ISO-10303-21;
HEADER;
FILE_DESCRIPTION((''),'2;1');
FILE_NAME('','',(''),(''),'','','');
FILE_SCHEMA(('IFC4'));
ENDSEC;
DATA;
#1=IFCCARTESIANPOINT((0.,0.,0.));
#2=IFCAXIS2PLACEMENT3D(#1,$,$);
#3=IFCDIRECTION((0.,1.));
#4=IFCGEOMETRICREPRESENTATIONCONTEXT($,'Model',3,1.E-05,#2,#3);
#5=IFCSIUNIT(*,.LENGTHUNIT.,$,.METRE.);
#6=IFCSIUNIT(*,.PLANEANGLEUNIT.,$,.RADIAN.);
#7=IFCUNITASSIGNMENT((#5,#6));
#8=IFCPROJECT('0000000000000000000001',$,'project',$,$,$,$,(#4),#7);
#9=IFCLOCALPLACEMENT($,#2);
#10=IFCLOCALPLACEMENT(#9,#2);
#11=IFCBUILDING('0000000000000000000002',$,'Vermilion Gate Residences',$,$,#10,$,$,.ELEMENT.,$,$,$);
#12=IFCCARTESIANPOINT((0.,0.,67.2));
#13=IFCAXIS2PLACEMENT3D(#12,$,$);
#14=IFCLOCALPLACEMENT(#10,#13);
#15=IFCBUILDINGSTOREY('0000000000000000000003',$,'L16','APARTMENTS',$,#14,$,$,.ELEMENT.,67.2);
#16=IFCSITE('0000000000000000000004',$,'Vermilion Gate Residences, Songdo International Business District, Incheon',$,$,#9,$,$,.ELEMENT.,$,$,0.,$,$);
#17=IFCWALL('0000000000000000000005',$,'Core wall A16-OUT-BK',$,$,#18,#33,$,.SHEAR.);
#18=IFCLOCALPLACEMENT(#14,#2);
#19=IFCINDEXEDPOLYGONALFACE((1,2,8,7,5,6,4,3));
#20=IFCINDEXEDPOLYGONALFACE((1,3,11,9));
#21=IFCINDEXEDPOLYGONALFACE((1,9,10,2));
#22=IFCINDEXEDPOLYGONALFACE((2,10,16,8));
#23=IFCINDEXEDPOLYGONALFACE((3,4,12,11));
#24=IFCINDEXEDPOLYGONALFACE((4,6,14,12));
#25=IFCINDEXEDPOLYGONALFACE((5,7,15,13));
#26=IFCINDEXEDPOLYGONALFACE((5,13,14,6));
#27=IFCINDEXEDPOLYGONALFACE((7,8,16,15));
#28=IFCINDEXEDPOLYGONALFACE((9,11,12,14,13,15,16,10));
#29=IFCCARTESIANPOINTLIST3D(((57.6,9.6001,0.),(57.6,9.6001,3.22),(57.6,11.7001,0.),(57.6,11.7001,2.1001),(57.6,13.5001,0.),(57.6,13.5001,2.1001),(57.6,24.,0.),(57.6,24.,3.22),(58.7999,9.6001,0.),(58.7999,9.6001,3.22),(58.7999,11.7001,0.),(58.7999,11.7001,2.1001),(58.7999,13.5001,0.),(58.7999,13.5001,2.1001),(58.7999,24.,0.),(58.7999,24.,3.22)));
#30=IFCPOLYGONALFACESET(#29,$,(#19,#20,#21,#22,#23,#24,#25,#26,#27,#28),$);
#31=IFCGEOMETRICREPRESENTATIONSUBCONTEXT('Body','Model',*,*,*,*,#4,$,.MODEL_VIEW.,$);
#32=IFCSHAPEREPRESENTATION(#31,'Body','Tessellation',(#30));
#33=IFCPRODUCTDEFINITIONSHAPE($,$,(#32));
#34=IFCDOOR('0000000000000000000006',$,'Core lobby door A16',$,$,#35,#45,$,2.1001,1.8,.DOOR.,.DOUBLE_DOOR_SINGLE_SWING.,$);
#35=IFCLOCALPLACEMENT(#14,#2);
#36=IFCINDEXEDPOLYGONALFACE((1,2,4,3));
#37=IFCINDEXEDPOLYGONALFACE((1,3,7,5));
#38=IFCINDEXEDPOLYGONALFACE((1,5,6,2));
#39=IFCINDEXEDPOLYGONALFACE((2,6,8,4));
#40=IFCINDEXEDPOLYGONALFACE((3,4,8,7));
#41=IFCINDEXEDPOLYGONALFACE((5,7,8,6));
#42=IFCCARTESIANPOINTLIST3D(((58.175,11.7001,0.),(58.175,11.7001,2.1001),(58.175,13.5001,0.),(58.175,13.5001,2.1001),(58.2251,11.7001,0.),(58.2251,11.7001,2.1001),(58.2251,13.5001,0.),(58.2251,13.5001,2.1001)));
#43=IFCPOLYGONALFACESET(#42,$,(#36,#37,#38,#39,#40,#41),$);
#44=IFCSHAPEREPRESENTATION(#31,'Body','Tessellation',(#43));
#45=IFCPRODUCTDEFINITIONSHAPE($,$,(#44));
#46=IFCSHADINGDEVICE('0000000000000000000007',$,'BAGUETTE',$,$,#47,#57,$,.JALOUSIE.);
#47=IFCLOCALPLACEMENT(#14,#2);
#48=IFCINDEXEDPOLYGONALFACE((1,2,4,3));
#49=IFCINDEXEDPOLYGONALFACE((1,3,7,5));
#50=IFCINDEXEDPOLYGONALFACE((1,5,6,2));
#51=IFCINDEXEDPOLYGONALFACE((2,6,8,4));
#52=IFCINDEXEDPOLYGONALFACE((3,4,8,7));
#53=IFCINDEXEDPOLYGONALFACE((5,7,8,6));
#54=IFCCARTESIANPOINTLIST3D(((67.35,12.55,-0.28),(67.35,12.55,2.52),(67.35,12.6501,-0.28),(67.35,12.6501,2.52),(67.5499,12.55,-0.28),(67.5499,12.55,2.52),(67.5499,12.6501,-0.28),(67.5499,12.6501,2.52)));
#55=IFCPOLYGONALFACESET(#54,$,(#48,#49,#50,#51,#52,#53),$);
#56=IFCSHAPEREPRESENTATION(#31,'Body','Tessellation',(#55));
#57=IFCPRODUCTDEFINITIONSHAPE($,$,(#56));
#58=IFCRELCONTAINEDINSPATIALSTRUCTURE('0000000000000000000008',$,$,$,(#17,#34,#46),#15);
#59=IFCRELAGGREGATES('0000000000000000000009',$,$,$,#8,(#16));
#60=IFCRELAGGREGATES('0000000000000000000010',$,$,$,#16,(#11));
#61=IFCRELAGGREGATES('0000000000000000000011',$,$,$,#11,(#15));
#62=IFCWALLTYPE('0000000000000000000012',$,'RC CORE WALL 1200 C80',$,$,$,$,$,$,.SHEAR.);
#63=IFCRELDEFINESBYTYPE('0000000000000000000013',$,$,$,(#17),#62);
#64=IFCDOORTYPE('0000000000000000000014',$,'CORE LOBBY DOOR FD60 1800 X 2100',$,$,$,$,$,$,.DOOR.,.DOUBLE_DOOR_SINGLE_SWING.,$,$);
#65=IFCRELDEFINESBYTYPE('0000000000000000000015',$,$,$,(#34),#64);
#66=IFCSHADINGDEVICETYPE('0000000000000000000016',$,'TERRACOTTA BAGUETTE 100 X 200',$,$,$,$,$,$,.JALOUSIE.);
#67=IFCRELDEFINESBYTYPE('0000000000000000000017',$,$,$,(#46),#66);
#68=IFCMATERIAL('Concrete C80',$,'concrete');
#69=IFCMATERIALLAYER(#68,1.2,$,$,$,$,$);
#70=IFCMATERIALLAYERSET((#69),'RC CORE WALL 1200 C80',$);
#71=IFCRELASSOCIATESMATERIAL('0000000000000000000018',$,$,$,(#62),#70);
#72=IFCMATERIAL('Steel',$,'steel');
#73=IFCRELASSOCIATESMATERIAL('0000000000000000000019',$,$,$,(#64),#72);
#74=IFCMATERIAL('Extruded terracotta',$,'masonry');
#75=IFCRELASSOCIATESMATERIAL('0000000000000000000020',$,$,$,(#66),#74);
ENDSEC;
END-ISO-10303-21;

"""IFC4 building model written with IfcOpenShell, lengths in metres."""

from ifc_helpers import new_model, si_unit, direction, frame, frame_2d, origin, origin_2d, place, context, subcontext, project, spatial, rectangle, extrude, material, layer, layer_set, material_profile, profile_set, type_object, element, fill, save


model = new_model("IFC4")

# Units and contexts
model_context = context("Model", 3, precision=1e-05, world=origin(), true_north=direction((0.0, 1.0)))
body_context = subcontext(model_context, "Body", "Model", "MODEL_VIEW")
ifc_project = project(units=[si_unit("LENGTHUNIT", "METRE"), si_unit("PLANEANGLEUNIT", "RADIAN")], contexts=[model_context])

# Site, building, storey
site_placement = place(None, origin())
site = spatial("IfcSite", under=ifc_project, at=site_placement, Name="Vermilion Gate Residences, Songdo International Business District, Incheon", CompositionType="ELEMENT", RefElevation=0.0)
building_placement = place(site_placement, origin())
building = spatial("IfcBuilding", under=site, at=building_placement, Name="Vermilion Gate Residences", CompositionType="ELEMENT")
storey_placement = place(building_placement, frame((0.0, 0.0, 67.2)))
storey = spatial("IfcBuildingStorey", under=building, at=storey_placement, Name="L16", Description="APARTMENTS", CompositionType="ELEMENT", Elevation=67.2)

# Wall, opening, door
ifc_material_1 = material(Name="Concrete C80", Category="concrete")
ifc_layer_1 = layer(ifc_material_1, 1.2)
ifc_layer_set_1 = layer_set([ifc_layer_1], Name="RC CORE WALL 1200 C80")
wall_type_1 = type_object("IfcWallType", Name="RC CORE WALL 1200 C80", PredefinedType="SHEAR", material=ifc_layer_set_1)
wall_1_placement = place(storey_placement, frame((58.2, 9.6001, 0.0), z_axis=(0.0, 0.0, 1.0), x_axis=(0.0, 1.0, 0.0)))
wall_1 = element("IfcWall", 1, at=wall_1_placement, inside=storey, type_object=wall_type_1, Name="Core wall A16-OUT-BK", PredefinedType="SHEAR", context=body_context, shape_type="SweptSolid", body=[
    extrude(rectangle(XDim=14.3999, YDim=1.2, at=frame_2d((7.2, 0.0))), origin(), (0.0, 0.0, 1.0), 3.22),
])
opening_1_placement = place(wall_1_placement, frame((2.1001, 0.0, 0.0)))
opening_1 = element("IfcOpeningElement", 2, at=opening_1_placement, cuts=wall_1, PredefinedType="OPENING", context=body_context, shape_type="SweptSolid", body=[
    extrude(rectangle(XDim=1.8, YDim=2.1001, at=frame_2d((0.8999, 1.05))), frame((0.0, 0.6099, 0.0), z_axis=(0.0, -1.0, 0.0), x_axis=(1.0, 0.0, 0.0)), (0.0, 0.0, 1.0), 1.22),
])
ifc_material_2 = material(Name="Steel", Category="steel")
door_type_1 = type_object("IfcDoorType", Name="CORE LOBBY DOOR FD60 1800 X 2100", OperationType="DOUBLE_DOOR_SINGLE_SWING", PredefinedType="DOOR", material=ifc_material_2)
door_1_placement = place(opening_1_placement, origin())
door_1 = element("IfcDoor", 3, at=door_1_placement, inside=storey, type_object=door_type_1, Name="Core lobby door A16", OperationType="DOUBLE_DOOR_SINGLE_SWING", OverallHeight=2.1001, OverallWidth=1.8, PredefinedType="DOOR", context=body_context, shape_type="SweptSolid", body=[
    extrude(rectangle(XDim=1.8, YDim=2.1001, at=frame_2d((0.8999, 1.05))), frame((0.0, 0.0249, 0.0), z_axis=(0.0, -1.0, 0.0), x_axis=(1.0, 0.0, 0.0)), (0.0, 0.0, 1.0), 0.05),
])
fill(opening_1, door_1)

# Shading device
ifc_material_3 = material(Name="Extruded terracotta", Category="masonry")
ifc_material_profile_1 = material_profile(ifc_material_3, rectangle(XDim=0.2, YDim=0.1001, at=origin_2d()), Name="BAGUETTE 100 X 200")
ifc_profile_set_1 = profile_set([ifc_material_profile_1], Name="Extruded terracotta")
shading_device_type = type_object("IfcShadingDeviceType", Name="TERRACOTTA BAGUETTE 100 X 200", PredefinedType="JALOUSIE", material=ifc_profile_set_1)
shading_device_placement = place(storey_placement, frame((67.45, 12.6001, -0.28), z_axis=(0.0, 0.0, 1.0), x_axis=(-1.0, 0.0, 0.0)))
element("IfcShadingDevice", 4, at=shading_device_placement, inside=storey, type_object=shading_device_type, Name="BAGUETTE", PredefinedType="JALOUSIE", context=body_context, shape_type="SweptSolid", body=[
    extrude(rectangle(XDim=0.2, YDim=0.1001, at=origin_2d()), origin(), (0.0, 0.0, 1.0), 2.8),
])

save(model, "model.ifc")
